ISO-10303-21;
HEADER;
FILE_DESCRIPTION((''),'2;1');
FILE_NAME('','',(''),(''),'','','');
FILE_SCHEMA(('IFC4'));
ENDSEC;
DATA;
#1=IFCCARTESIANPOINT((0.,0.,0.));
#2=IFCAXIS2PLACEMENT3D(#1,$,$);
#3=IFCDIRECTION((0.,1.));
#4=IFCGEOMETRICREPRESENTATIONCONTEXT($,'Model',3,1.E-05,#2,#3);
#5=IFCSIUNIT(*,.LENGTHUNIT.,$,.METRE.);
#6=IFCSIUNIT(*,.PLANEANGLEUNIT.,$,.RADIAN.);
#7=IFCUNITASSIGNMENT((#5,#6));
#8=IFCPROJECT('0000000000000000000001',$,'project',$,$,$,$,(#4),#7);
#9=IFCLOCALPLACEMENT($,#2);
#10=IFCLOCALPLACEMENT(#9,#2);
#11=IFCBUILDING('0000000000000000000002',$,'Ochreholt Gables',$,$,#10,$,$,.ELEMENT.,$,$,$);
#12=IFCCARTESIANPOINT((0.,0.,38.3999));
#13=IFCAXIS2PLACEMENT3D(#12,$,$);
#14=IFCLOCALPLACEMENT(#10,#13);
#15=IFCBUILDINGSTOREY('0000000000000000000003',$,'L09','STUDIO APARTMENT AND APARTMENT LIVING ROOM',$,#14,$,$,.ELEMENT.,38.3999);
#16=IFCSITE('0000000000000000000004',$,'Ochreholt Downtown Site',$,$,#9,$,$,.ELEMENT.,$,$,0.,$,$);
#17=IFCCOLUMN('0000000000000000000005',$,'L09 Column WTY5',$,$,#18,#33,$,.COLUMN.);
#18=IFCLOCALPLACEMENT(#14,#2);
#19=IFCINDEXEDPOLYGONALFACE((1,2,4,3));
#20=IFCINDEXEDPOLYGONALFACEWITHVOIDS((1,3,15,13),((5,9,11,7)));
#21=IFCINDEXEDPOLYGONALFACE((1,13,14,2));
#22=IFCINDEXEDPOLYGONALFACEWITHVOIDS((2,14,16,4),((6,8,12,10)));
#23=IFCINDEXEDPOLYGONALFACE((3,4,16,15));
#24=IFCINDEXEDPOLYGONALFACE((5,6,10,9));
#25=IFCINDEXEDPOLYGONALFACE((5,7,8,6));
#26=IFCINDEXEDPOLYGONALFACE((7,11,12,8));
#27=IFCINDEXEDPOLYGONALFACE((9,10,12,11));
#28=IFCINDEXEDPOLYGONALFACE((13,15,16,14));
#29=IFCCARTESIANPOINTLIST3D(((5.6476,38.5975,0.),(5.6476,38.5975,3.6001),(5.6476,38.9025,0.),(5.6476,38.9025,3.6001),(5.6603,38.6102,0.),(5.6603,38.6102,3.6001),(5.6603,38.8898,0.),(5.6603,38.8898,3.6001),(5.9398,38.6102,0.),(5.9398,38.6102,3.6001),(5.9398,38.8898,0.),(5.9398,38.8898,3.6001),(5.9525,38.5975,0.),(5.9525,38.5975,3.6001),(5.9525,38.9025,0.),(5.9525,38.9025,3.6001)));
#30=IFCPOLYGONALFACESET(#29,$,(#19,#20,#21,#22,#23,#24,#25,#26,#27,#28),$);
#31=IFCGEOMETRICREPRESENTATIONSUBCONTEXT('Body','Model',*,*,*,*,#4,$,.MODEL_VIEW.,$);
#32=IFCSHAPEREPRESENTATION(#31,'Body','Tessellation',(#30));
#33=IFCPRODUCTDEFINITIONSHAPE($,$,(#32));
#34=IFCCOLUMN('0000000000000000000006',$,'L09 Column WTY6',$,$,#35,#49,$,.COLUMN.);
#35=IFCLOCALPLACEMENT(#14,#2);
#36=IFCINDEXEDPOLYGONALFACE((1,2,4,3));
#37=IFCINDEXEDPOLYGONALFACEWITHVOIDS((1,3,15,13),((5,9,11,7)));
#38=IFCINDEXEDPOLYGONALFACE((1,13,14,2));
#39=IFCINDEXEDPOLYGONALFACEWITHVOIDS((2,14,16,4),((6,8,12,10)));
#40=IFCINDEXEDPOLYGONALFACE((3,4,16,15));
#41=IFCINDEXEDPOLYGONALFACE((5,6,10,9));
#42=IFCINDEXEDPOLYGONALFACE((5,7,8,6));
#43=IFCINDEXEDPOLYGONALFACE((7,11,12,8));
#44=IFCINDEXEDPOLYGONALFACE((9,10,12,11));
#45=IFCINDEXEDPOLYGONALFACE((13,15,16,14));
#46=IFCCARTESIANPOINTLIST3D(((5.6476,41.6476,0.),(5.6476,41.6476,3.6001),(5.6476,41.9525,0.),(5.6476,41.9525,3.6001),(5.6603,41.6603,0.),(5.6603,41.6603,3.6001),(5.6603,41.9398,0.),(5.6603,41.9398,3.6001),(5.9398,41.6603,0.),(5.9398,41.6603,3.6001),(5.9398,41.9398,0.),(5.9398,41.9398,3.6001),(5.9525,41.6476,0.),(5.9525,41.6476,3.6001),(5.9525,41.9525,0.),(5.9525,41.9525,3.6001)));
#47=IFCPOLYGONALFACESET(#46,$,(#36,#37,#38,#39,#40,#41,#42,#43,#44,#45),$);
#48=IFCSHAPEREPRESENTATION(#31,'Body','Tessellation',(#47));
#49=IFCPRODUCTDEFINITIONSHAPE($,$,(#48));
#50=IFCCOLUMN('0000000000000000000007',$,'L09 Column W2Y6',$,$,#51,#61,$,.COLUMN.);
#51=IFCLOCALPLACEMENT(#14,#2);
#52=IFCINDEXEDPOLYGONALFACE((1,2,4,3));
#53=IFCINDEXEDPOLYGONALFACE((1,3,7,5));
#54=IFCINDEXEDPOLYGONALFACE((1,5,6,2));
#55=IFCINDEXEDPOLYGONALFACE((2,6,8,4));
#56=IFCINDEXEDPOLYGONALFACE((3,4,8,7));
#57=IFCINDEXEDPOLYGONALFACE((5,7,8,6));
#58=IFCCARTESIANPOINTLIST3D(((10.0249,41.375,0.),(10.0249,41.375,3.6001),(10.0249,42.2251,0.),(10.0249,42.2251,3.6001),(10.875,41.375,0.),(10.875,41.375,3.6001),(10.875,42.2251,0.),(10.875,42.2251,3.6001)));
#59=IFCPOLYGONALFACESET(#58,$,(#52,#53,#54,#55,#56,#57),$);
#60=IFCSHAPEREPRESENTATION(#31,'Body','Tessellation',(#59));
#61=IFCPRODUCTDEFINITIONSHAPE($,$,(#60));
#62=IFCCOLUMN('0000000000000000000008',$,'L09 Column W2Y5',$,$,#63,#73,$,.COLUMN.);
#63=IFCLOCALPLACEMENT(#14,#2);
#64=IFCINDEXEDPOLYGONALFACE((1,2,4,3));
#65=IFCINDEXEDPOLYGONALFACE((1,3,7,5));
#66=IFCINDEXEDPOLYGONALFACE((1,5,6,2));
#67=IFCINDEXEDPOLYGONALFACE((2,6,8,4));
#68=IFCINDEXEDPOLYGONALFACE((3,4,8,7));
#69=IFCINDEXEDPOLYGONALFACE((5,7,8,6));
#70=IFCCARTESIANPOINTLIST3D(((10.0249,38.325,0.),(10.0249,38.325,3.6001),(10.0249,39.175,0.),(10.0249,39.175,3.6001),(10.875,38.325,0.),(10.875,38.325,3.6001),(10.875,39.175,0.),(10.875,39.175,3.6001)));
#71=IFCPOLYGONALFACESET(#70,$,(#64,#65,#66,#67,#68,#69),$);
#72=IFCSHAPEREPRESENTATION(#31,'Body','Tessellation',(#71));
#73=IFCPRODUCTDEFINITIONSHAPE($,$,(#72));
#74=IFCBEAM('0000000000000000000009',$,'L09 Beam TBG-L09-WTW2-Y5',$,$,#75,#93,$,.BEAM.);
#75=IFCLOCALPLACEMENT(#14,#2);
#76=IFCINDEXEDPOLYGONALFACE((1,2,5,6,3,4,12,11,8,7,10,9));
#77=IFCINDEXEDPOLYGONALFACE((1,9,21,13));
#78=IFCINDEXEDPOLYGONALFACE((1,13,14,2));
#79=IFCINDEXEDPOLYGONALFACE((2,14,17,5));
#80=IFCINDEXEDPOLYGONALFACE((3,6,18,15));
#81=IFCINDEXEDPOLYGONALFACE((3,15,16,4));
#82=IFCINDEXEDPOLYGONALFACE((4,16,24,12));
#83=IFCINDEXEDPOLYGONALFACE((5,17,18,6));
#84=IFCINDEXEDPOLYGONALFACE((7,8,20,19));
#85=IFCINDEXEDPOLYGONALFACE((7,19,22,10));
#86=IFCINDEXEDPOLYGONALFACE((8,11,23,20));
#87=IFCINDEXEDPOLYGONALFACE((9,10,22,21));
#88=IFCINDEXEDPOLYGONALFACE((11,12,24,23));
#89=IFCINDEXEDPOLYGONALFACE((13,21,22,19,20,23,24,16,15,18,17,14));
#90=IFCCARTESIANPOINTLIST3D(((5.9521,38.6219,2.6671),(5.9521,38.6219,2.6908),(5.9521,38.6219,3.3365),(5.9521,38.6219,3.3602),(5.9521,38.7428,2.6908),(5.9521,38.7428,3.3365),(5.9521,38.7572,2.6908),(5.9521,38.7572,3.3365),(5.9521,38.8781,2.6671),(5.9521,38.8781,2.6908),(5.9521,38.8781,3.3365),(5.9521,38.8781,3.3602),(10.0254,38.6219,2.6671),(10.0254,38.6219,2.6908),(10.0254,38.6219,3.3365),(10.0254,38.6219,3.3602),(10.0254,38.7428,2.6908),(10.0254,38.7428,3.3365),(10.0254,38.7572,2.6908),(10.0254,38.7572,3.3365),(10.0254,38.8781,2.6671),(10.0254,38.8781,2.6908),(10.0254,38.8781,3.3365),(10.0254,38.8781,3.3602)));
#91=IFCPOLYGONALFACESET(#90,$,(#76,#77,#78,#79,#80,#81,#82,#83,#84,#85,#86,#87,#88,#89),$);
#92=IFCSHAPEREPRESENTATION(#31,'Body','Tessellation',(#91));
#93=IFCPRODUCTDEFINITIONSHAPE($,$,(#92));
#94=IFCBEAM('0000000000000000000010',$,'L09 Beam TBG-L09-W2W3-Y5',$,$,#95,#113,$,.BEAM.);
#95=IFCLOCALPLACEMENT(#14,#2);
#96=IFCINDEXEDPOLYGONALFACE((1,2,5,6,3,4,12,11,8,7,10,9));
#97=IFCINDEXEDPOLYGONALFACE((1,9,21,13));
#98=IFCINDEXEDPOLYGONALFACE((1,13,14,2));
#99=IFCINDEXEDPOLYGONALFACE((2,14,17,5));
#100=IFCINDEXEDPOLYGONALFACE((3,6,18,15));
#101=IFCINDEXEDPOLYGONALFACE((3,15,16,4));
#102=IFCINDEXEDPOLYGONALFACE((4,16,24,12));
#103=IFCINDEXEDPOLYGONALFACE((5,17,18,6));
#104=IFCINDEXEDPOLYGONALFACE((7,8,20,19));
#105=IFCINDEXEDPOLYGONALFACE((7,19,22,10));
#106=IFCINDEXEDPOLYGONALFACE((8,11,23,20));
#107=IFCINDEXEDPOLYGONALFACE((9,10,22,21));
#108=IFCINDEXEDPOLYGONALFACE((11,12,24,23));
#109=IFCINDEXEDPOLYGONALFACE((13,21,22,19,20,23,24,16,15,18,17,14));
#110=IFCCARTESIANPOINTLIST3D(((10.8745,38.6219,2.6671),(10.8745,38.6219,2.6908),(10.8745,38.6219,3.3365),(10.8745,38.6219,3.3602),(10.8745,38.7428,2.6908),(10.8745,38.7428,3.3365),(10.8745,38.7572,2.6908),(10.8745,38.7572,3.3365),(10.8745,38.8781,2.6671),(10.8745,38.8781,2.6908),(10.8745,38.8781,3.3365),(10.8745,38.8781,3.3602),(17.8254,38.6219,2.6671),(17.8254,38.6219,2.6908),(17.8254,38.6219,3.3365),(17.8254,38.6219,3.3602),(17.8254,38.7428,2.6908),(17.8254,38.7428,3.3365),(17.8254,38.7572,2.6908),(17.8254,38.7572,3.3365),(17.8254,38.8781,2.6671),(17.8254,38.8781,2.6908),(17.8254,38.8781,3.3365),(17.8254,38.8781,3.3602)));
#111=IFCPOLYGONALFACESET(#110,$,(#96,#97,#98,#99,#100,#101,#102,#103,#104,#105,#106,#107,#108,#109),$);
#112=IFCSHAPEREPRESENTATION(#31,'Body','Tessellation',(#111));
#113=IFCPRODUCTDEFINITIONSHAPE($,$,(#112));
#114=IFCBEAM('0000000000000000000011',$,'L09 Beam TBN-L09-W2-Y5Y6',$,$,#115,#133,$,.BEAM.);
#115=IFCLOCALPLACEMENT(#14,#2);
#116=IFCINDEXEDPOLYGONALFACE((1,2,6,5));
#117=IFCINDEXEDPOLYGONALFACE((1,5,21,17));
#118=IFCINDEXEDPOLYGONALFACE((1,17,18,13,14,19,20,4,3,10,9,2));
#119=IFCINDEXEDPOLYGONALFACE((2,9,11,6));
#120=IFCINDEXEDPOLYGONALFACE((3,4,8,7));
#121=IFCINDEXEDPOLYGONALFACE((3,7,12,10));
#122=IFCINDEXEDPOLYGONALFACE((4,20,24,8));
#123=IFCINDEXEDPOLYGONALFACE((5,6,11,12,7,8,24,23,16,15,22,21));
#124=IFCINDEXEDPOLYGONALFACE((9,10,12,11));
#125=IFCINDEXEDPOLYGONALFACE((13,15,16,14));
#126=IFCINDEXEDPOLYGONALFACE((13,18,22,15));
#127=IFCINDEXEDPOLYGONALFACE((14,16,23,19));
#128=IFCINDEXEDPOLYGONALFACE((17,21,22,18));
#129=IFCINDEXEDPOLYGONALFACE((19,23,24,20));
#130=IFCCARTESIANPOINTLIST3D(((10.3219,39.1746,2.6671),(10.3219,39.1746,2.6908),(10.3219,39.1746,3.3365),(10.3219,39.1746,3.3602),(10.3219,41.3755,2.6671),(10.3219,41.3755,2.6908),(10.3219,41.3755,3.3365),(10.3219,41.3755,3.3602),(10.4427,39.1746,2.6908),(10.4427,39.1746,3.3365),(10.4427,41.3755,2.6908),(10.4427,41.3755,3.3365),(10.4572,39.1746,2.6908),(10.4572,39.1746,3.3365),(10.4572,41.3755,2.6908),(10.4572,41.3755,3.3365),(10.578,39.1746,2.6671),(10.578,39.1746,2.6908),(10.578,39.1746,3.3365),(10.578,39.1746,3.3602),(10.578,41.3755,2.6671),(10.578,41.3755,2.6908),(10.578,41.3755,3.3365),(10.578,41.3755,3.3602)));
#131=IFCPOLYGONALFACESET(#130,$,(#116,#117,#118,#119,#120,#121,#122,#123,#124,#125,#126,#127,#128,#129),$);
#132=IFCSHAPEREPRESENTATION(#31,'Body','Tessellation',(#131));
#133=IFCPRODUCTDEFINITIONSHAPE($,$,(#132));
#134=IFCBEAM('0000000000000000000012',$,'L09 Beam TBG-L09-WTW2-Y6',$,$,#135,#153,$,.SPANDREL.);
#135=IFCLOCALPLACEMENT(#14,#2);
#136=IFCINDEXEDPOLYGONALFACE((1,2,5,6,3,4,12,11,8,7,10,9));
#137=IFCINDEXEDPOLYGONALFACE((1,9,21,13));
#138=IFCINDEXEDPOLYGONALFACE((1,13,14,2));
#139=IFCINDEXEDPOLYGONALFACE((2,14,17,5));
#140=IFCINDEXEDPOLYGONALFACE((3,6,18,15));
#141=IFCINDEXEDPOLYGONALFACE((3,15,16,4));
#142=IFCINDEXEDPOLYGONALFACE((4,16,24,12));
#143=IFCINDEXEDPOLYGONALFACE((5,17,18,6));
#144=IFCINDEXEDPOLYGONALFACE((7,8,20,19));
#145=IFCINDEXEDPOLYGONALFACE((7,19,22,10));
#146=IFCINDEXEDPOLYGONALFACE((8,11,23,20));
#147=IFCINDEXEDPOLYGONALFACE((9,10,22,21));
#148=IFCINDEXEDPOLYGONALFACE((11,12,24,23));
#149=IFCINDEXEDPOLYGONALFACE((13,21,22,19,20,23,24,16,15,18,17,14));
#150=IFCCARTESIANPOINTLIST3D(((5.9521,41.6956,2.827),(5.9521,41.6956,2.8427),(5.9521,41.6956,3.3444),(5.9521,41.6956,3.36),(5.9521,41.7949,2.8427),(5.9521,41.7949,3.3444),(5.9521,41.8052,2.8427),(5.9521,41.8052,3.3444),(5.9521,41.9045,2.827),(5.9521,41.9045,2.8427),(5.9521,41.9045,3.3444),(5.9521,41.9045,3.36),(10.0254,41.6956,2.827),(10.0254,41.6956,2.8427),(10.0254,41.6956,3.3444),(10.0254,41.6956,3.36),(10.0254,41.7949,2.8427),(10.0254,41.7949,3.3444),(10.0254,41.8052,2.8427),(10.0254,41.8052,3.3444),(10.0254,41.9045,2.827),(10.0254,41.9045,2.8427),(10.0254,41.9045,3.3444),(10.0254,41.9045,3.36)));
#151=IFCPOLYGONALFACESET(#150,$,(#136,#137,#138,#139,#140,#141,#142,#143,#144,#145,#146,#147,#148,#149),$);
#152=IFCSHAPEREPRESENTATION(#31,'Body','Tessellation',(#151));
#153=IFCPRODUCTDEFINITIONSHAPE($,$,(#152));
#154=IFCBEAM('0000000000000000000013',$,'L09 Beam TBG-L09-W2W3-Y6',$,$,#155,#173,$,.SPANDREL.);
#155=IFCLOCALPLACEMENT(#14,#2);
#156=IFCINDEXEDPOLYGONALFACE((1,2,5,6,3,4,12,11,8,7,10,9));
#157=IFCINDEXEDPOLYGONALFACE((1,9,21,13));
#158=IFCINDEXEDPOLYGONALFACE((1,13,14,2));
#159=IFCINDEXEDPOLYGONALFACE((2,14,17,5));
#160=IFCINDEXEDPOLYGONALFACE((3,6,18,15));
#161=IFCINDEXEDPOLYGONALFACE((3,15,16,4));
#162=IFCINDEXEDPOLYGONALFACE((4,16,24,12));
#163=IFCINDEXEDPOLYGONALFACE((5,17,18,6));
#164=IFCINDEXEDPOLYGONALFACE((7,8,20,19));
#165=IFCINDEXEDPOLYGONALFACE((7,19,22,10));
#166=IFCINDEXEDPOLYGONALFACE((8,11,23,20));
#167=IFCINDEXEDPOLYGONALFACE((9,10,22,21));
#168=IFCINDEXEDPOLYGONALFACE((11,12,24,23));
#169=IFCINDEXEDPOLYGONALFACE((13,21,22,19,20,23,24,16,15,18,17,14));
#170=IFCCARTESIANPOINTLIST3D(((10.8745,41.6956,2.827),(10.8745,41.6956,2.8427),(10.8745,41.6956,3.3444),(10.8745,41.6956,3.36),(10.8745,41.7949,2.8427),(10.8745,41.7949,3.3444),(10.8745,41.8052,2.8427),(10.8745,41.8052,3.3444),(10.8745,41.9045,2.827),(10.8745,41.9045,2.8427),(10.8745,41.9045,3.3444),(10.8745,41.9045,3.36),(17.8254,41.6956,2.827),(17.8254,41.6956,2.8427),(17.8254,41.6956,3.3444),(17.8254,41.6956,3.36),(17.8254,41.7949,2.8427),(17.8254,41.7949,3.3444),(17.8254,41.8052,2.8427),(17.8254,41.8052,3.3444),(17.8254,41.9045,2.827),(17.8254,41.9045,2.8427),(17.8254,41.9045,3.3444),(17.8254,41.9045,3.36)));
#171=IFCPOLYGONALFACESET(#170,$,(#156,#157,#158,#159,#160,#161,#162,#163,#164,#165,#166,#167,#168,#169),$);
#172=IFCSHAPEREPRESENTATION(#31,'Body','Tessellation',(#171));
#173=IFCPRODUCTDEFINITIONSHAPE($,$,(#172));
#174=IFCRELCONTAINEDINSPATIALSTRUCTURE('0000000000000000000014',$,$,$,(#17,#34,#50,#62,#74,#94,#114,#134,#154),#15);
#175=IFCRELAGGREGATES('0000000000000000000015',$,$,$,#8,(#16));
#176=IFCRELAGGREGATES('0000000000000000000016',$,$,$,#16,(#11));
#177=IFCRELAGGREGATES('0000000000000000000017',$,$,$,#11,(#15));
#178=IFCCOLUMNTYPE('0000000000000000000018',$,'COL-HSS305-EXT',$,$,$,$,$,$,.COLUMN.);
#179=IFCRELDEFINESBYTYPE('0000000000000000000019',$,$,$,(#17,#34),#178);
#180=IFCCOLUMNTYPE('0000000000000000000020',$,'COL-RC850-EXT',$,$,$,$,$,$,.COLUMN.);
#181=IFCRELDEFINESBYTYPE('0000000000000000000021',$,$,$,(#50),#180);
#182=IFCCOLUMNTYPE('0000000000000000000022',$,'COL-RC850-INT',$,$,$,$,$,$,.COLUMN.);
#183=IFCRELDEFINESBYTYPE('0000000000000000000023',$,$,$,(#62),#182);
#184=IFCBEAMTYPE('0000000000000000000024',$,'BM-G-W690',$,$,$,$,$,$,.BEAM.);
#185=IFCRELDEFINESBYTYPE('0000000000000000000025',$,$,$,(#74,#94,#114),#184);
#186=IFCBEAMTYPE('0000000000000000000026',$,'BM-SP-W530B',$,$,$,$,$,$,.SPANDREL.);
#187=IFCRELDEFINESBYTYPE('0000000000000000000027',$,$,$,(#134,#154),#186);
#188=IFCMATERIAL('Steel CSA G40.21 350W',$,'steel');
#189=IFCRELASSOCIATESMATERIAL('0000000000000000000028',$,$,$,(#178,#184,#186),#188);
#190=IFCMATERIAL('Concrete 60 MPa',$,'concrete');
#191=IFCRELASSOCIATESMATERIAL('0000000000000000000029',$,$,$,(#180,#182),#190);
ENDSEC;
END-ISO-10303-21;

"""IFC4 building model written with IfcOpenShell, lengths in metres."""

from ifc_helpers import new_model, si_unit, direction, frame, origin, origin_2d, place, context, subcontext, project, spatial, rectangle, hollow_rectangle, i_section, extrude, material, material_profile, profile_set, type_object, element, save


model = new_model("IFC4")

# Units and contexts
model_context = context("Model", 3, precision=1e-05, world=origin(), true_north=direction((0.0, 1.0)))
body_context = subcontext(model_context, "Body", "Model", "MODEL_VIEW")
ifc_project = project(units=[si_unit("LENGTHUNIT", "METRE"), si_unit("PLANEANGLEUNIT", "RADIAN")], contexts=[model_context])

# Site, building, storey
site_placement = place(None, origin())
site = spatial("IfcSite", under=ifc_project, at=site_placement, Name="Ochreholt Downtown Site", CompositionType="ELEMENT", RefElevation=0.0)
building_placement = place(site_placement, origin())
building = spatial("IfcBuilding", under=site, at=building_placement, Name="Ochreholt Gables", CompositionType="ELEMENT")
storey_placement = place(building_placement, frame((0.0, 0.0, 38.3999)))
storey = spatial("IfcBuildingStorey", under=building, at=storey_placement, Name="L09", Description="STUDIO APARTMENT AND APARTMENT LIVING ROOM", CompositionType="ELEMENT", Elevation=38.3999)

# Columns
ifc_material_1 = material(Name="Steel CSA G40.21 350W", Category="steel")
ifc_material_profile_1 = material_profile(ifc_material_1, hollow_rectangle(XDim=0.3049, YDim=0.3049, WallThickness=0.0127, at=origin_2d()), Name="HSS305X305X13")
ifc_profile_set_1 = profile_set([ifc_material_profile_1], Name="Steel CSA G40.21 350W")
column_type_1 = type_object("IfcColumnType", Name="COL-HSS305-EXT", PredefinedType="COLUMN", material=ifc_profile_set_1)
for number, where, z_axis, x_axis, name in (
    (1, (5.8, 38.75, 0.0), (0.0, 0.0, 1.0), (1.0, 0.0, 0.0), "L09 Column WTY5"),
    (2, (5.8, 41.8, 0.0), (0.0, 0.0, 1.0), (1.0, 0.0, 0.0), "L09 Column WTY6"),
):
    element("IfcColumn", number, at=place(storey_placement, frame(where, z_axis=z_axis, x_axis=x_axis)), inside=storey, type_object=column_type_1, Name=name, PredefinedType="COLUMN", context=body_context, shape_type="SweptSolid", body=[
        extrude(hollow_rectangle(XDim=0.3049, YDim=0.3049, WallThickness=0.0127, at=origin_2d()), origin(), (0.0, 0.0, 1.0), 3.6001),
    ])
ifc_material_2 = material(Name="Concrete 60 MPa", Category="concrete")
ifc_material_profile_2 = material_profile(ifc_material_2, rectangle(XDim=0.8501, YDim=0.8501, at=origin_2d()), Name="RC850X850")
ifc_profile_set_2 = profile_set([ifc_material_profile_2], Name="Concrete 60 MPa")
column_type_2 = type_object("IfcColumnType", Name="COL-RC850-EXT", PredefinedType="COLUMN", material=ifc_profile_set_2)
column_1_placement = place(storey_placement, frame((10.45, 41.8, 0.0), z_axis=(0.0, 0.0, 1.0), x_axis=(1.0, 0.0, 0.0)))
element("IfcColumn", 3, at=column_1_placement, inside=storey, type_object=column_type_2, Name="L09 Column W2Y6", PredefinedType="COLUMN", context=body_context, shape_type="SweptSolid", body=[
    extrude(rectangle(XDim=0.8501, YDim=0.8501, at=origin_2d()), origin(), (0.0, 0.0, 1.0), 3.6001),
])
ifc_material_profile_3 = material_profile(ifc_material_2, rectangle(XDim=0.8501, YDim=0.8501, at=origin_2d()), Name="RC850X850")
ifc_profile_set_3 = profile_set([ifc_material_profile_3], Name="Concrete 60 MPa")
column_type_3 = type_object("IfcColumnType", Name="COL-RC850-INT", PredefinedType="COLUMN", material=ifc_profile_set_3)
column_2_placement = place(storey_placement, frame((10.45, 38.75, 0.0), z_axis=(0.0, 0.0, 1.0), x_axis=(1.0, 0.0, 0.0)))
element("IfcColumn", 4, at=column_2_placement, inside=storey, type_object=column_type_3, Name="L09 Column W2Y5", PredefinedType="COLUMN", context=body_context, shape_type="SweptSolid", body=[
    extrude(rectangle(XDim=0.8501, YDim=0.8501, at=origin_2d()), origin(), (0.0, 0.0, 1.0), 3.6001),
])

# Beams
ifc_material_profile_4 = material_profile(ifc_material_1, i_section(OverallWidth=0.2561, OverallDepth=0.6931, WebThickness=0.0144, FlangeThickness=0.0237, at=origin_2d()), Name="W690X170")
ifc_profile_set_4 = profile_set([ifc_material_profile_4], Name="Steel CSA G40.21 350W")
beam_type_1 = type_object("IfcBeamType", Name="BM-G-W690", PredefinedType="BEAM", material=ifc_profile_set_4)
beam_1_placement = place(storey_placement, frame((5.9521, 38.75, 3.0137), z_axis=(1.0, 0.0, 0.0), x_axis=(0.0, 1.0, 0.0)))
element("IfcBeam", 5, at=beam_1_placement, inside=storey, type_object=beam_type_1, Name="L09 Beam TBG-L09-WTW2-Y5", PredefinedType="BEAM", context=body_context, shape_type="SweptSolid", body=[
    extrude(i_section(OverallWidth=0.2561, OverallDepth=0.6931, WebThickness=0.0144, FlangeThickness=0.0237, at=origin_2d()), origin(), (0.0, 0.0, 1.0), 4.0732),
])
beam_2_placement = place(storey_placement, frame((10.8745, 38.75, 3.0137), z_axis=(1.0, 0.0, 0.0), x_axis=(0.0, 1.0, 0.0)))
element("IfcBeam", 6, at=beam_2_placement, inside=storey, type_object=beam_type_1, Name="L09 Beam TBG-L09-W2W3-Y5", PredefinedType="BEAM", context=body_context, shape_type="SweptSolid", body=[
    extrude(i_section(OverallWidth=0.2561, OverallDepth=0.6931, WebThickness=0.0144, FlangeThickness=0.0237, at=origin_2d()), origin(), (0.0, 0.0, 1.0), 6.9509),
])
beam_3_placement = place(storey_placement, frame((10.45, 39.1746, 3.0137), z_axis=(0.0, 1.0, 0.0), x_axis=(-1.0, 0.0, 0.0)))
element("IfcBeam", 7, at=beam_3_placement, inside=storey, type_object=beam_type_1, Name="L09 Beam TBN-L09-W2-Y5Y6", PredefinedType="BEAM", context=body_context, shape_type="SweptSolid", body=[
    extrude(i_section(OverallWidth=0.2561, OverallDepth=0.6931, WebThickness=0.0144, FlangeThickness=0.0237, at=origin_2d()), origin(), (0.0, 0.0, 1.0), 2.2009),
])
ifc_material_profile_5 = material_profile(ifc_material_1, i_section(OverallWidth=0.209, OverallDepth=0.533, WebThickness=0.0103, FlangeThickness=0.0156, at=origin_2d()), Name="W530X92")
ifc_profile_set_5 = profile_set([ifc_material_profile_5], Name="Steel CSA G40.21 350W")
beam_type_2 = type_object("IfcBeamType", Name="BM-SP-W530B", PredefinedType="SPANDREL", material=ifc_profile_set_5)
beam_4_placement = place(storey_placement, frame((5.9521, 41.8, 3.0935), z_axis=(1.0, 0.0, 0.0), x_axis=(0.0, 1.0, 0.0)))
element("IfcBeam", 8, at=beam_4_placement, inside=storey, type_object=beam_type_2, Name="L09 Beam TBG-L09-WTW2-Y6", PredefinedType="SPANDREL", context=body_context, shape_type="SweptSolid", body=[
    extrude(i_section(OverallWidth=0.209, OverallDepth=0.533, WebThickness=0.0103, FlangeThickness=0.0156, at=origin_2d()), origin(), (0.0, 0.0, 1.0), 4.0732),
])
beam_5_placement = place(storey_placement, frame((10.8745, 41.8, 3.0935), z_axis=(1.0, 0.0, 0.0), x_axis=(0.0, 1.0, 0.0)))
element("IfcBeam", 9, at=beam_5_placement, inside=storey, type_object=beam_type_2, Name="L09 Beam TBG-L09-W2W3-Y6", PredefinedType="SPANDREL", context=body_context, shape_type="SweptSolid", body=[
    extrude(i_section(OverallWidth=0.209, OverallDepth=0.533, WebThickness=0.0103, FlangeThickness=0.0156, at=origin_2d()), origin(), (0.0, 0.0, 1.0), 6.9509),
])

save(model, "model.ifc")
